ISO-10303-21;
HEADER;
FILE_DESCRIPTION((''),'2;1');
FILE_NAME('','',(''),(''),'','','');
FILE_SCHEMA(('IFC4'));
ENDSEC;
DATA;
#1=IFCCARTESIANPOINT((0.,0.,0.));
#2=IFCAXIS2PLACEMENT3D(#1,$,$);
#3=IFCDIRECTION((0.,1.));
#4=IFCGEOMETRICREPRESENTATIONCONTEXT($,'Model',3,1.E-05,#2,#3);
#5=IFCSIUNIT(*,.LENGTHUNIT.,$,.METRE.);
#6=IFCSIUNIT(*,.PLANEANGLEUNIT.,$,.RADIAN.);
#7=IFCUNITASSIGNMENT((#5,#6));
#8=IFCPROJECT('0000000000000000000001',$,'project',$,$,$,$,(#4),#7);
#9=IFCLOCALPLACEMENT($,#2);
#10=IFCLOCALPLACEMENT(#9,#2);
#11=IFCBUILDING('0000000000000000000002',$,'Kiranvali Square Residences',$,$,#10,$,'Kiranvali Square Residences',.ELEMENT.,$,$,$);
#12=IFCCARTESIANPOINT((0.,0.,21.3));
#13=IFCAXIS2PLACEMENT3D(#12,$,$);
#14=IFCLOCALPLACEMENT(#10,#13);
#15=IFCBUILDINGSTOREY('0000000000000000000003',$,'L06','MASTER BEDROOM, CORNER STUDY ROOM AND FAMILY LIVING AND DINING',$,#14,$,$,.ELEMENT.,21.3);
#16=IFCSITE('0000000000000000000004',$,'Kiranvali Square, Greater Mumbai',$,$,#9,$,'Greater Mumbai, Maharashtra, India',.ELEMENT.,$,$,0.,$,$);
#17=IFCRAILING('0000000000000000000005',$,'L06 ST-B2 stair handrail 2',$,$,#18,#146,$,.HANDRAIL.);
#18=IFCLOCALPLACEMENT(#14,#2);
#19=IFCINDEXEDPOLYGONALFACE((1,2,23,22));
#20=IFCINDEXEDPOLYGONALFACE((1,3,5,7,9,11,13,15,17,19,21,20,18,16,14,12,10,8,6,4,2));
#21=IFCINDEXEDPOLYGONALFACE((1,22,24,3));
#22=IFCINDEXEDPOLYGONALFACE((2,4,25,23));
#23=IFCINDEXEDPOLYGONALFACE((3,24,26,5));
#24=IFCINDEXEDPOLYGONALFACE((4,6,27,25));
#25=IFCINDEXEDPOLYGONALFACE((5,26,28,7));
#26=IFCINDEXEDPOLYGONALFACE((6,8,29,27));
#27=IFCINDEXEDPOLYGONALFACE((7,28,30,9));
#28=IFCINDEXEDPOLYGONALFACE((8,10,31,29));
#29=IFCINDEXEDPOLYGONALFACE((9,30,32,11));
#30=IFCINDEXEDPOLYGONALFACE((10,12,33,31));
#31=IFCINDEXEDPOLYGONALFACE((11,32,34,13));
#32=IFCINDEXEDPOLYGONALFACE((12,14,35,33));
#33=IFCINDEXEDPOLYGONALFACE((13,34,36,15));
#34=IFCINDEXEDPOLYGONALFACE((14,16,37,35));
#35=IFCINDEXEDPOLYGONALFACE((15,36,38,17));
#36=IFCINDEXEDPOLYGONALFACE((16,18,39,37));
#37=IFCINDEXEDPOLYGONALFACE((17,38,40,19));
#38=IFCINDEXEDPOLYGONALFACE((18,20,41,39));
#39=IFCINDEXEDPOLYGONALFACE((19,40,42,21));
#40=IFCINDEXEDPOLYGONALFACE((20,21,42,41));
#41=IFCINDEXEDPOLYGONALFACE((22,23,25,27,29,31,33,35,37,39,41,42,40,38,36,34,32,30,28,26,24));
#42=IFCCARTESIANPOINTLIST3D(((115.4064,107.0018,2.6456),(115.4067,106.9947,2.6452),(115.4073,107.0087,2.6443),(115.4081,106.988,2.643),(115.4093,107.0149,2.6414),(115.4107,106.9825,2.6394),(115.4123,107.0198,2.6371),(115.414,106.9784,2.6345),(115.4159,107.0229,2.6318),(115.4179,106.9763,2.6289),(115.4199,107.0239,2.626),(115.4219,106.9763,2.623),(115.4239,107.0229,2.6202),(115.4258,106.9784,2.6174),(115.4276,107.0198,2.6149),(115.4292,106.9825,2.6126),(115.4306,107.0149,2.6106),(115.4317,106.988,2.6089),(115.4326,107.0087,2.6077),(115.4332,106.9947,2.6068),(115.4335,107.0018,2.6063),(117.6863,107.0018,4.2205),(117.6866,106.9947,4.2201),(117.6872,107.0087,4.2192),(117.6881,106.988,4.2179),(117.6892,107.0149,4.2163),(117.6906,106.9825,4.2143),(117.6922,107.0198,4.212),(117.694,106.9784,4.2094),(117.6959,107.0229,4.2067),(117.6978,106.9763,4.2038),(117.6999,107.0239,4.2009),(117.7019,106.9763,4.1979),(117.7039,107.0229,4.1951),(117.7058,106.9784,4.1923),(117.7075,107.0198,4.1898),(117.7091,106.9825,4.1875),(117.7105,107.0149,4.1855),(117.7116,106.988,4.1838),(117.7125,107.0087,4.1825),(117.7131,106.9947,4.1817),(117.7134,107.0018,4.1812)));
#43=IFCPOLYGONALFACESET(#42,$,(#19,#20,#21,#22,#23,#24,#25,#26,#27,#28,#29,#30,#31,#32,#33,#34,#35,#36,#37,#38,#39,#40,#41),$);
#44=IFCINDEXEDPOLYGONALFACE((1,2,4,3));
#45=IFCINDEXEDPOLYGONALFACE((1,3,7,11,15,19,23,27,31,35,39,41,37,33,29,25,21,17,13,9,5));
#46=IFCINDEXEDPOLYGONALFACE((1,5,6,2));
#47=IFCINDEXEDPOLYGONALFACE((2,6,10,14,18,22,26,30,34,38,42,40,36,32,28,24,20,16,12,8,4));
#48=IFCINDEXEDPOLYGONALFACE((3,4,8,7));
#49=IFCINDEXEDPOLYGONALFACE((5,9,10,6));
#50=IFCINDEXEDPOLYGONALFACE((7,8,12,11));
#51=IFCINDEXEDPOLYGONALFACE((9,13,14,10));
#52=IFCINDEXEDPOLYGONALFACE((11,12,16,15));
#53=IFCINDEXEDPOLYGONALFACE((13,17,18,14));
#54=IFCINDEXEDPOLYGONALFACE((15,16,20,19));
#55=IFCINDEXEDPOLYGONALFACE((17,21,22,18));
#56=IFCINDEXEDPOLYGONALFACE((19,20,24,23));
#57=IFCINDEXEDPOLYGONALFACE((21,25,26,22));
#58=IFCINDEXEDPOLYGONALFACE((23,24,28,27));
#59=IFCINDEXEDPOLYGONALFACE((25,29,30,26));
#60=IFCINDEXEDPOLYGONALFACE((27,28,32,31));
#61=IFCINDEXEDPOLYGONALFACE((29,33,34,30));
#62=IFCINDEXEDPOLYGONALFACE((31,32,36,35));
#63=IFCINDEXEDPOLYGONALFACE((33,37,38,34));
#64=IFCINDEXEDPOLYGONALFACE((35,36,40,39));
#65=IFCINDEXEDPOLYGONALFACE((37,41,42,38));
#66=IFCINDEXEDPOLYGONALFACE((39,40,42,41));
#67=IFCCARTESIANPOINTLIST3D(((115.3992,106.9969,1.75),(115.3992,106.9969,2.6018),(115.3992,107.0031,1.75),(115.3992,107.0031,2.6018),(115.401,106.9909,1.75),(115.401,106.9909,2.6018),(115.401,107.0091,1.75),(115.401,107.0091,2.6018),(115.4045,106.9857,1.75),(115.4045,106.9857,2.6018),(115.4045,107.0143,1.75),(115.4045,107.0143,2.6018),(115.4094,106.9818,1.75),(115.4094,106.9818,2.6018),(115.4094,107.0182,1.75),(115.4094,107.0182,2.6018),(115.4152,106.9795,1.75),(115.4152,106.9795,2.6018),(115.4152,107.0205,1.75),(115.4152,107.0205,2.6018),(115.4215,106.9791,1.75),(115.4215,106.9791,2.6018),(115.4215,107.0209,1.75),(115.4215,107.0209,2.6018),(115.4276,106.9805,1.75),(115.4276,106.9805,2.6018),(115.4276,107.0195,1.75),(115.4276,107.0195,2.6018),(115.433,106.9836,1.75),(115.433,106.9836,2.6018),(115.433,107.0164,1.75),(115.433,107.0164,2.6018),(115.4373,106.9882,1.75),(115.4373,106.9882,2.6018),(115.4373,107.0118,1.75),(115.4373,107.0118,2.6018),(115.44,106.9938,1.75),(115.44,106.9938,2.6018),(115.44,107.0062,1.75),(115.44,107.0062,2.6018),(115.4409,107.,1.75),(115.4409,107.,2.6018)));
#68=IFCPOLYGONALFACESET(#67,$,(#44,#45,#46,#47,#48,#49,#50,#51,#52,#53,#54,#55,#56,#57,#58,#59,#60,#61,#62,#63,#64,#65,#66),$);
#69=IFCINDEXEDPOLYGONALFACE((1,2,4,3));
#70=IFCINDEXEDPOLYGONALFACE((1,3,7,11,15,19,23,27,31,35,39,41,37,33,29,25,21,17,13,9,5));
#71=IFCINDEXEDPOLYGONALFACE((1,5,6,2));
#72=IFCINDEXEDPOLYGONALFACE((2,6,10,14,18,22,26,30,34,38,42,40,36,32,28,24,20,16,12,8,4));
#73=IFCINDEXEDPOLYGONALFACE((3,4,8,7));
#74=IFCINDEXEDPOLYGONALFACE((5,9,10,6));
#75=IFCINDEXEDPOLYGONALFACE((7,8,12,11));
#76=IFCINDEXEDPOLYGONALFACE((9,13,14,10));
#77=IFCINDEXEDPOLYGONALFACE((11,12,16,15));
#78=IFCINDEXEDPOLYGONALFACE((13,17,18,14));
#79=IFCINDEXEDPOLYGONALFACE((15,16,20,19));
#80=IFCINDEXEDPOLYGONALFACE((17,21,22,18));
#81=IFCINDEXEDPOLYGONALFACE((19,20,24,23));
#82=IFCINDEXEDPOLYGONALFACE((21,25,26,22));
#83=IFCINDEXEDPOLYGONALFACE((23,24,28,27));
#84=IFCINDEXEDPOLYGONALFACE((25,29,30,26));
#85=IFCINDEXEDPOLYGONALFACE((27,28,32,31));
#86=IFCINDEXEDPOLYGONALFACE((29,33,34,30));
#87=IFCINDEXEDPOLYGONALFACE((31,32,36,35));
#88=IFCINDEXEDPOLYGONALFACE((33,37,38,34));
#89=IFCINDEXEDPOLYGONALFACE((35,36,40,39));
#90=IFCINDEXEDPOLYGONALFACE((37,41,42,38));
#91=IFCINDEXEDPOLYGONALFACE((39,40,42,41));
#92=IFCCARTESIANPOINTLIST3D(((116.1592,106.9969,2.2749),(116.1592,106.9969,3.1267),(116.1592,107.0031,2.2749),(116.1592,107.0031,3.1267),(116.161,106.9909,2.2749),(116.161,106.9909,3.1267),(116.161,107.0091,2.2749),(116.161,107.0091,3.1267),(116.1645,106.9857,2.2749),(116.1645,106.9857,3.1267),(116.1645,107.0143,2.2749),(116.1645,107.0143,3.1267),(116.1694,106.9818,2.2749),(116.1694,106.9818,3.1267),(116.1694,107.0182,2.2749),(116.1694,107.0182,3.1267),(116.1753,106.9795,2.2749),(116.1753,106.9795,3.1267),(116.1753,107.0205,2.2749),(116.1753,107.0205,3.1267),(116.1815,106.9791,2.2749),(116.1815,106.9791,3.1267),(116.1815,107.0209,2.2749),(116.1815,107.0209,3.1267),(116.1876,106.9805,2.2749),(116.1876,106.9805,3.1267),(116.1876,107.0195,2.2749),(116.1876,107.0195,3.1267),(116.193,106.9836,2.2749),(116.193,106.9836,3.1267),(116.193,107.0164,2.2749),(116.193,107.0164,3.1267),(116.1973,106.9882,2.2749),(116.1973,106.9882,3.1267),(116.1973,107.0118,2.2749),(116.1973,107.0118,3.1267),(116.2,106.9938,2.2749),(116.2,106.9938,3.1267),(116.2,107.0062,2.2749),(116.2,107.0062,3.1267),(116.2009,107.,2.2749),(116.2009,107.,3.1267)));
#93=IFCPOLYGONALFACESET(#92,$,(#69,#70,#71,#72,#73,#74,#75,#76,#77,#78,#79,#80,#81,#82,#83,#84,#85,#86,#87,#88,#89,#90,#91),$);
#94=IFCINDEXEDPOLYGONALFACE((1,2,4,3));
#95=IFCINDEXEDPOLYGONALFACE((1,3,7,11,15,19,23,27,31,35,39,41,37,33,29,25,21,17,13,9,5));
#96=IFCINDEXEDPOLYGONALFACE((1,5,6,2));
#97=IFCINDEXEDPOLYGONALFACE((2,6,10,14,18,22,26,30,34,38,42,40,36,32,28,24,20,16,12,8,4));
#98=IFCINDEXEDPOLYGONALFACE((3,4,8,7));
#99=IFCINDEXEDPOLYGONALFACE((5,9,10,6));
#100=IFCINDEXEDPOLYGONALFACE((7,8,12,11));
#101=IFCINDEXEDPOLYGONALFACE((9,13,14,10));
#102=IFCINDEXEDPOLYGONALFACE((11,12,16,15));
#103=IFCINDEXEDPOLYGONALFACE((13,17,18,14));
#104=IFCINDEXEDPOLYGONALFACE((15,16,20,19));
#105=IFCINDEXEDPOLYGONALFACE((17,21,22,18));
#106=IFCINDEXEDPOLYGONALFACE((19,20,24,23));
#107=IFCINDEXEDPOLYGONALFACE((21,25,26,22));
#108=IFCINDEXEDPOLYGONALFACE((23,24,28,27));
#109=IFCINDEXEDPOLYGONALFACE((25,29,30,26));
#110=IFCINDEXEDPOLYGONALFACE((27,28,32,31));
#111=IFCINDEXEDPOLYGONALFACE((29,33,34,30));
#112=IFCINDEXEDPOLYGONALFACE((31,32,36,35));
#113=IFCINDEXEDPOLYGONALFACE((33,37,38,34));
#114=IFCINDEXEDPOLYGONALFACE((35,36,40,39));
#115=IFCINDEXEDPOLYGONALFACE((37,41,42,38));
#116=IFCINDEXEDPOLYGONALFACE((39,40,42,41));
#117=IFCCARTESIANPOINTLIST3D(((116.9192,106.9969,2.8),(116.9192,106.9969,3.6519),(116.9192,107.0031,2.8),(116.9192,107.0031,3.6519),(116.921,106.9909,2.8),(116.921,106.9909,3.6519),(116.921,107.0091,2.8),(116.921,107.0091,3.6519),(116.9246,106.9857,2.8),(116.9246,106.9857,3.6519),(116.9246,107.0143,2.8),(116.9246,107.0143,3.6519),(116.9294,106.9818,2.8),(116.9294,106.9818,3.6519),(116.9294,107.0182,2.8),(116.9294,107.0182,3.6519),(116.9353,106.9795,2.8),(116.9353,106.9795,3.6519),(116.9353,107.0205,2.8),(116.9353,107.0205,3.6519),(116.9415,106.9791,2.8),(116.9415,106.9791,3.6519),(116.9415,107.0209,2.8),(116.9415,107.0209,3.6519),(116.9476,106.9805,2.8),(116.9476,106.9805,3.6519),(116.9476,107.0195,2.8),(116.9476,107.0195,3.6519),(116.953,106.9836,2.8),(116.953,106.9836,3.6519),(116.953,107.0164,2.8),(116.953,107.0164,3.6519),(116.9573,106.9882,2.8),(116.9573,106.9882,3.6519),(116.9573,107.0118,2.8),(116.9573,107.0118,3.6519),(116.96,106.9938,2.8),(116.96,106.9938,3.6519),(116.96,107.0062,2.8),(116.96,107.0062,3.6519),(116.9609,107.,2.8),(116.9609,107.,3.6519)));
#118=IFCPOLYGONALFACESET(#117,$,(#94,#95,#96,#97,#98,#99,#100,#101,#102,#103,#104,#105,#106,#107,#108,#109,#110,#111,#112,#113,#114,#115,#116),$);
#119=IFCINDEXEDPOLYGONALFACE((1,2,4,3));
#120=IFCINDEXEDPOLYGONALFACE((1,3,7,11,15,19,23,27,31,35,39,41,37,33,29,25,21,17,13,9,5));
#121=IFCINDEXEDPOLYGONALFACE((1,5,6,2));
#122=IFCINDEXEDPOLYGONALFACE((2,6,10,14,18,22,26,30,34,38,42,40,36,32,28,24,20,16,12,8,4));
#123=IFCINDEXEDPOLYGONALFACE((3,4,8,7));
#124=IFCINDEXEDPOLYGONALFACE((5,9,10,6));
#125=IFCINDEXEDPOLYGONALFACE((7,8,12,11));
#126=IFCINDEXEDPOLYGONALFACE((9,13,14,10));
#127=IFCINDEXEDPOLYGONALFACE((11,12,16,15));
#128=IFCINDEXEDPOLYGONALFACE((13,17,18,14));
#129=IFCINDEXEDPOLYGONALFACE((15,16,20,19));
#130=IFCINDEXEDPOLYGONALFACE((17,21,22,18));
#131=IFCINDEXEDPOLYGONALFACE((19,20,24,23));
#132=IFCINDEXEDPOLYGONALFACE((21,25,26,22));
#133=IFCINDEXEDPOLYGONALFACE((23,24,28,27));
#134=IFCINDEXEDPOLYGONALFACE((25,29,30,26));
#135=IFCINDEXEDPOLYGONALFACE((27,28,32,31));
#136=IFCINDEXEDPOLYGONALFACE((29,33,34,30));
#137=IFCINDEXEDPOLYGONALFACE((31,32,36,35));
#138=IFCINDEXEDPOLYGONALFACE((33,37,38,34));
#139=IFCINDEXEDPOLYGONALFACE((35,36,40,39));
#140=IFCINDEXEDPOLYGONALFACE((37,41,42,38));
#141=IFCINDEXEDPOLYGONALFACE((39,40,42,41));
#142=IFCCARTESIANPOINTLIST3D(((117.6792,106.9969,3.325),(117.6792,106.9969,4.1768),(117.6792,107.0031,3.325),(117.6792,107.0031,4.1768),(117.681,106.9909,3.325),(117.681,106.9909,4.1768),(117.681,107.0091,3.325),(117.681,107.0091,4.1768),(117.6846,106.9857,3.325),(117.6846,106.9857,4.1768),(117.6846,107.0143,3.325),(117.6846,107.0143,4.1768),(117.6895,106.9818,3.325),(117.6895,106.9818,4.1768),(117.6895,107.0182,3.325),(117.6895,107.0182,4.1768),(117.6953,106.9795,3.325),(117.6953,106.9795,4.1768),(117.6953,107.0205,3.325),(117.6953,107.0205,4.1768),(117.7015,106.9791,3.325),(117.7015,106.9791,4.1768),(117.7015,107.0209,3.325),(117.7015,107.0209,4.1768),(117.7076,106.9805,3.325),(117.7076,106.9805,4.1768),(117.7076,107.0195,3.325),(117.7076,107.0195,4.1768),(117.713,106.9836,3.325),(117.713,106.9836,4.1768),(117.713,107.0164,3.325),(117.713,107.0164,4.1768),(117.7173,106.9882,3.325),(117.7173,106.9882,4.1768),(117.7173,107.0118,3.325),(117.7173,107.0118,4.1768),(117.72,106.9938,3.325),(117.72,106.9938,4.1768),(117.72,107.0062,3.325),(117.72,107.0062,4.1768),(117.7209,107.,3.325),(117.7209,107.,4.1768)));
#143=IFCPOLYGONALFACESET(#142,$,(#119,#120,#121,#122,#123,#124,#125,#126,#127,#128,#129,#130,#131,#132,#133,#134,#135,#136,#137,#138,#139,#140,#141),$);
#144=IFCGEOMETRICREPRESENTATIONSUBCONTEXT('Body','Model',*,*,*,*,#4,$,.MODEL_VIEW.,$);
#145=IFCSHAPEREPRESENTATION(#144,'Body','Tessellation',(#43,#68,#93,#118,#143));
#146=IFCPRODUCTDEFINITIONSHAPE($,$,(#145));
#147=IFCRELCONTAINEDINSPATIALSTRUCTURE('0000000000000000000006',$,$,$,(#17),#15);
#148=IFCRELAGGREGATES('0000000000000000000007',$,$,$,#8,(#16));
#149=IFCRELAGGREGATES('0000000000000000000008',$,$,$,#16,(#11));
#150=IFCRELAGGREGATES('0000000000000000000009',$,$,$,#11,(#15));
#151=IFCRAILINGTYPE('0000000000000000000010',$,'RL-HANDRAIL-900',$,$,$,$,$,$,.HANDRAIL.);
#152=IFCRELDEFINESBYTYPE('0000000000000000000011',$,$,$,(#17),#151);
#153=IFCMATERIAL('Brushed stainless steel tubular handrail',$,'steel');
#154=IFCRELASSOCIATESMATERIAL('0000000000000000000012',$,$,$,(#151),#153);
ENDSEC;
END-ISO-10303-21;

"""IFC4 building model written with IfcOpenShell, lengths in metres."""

from ifc_helpers import new_model, si_unit, direction, frame, origin, origin_2d, place, context, subcontext, project, spatial, circle, extrude, material, type_object, element, save


model = new_model("IFC4")

# Units and contexts
model_context = context("Model", 3, precision=1e-05, world=origin(), true_north=direction((0.0, 1.0)))
body_context = subcontext(model_context, "Body", "Model", "MODEL_VIEW")
ifc_project = project(units=[si_unit("LENGTHUNIT", "METRE"), si_unit("PLANEANGLEUNIT", "RADIAN")], contexts=[model_context])

# Site, building, storey
site_placement = place(None, origin())
site = spatial("IfcSite", under=ifc_project, at=site_placement, Name="Kiranvali Square, Greater Mumbai", LongName="Greater Mumbai, Maharashtra, India", CompositionType="ELEMENT", RefElevation=0.0)
building_placement = place(site_placement, origin())
building = spatial("IfcBuilding", under=site, at=building_placement, Name="Kiranvali Square Residences", LongName="Kiranvali Square Residences", CompositionType="ELEMENT")
storey_placement = place(building_placement, frame((0.0, 0.0, 21.3)))
storey = spatial("IfcBuildingStorey", under=building, at=storey_placement, Name="L06", Description="MASTER BEDROOM, CORNER STUDY ROOM AND FAMILY LIVING AND DINING", CompositionType="ELEMENT", Elevation=21.3)

# Railing
ifc_material_1 = material(Name="Brushed stainless steel tubular handrail", Category="steel")
railing_type_1 = type_object("IfcRailingType", Name="RL-HANDRAIL-900", PredefinedType="HANDRAIL", material=ifc_material_1)
railing_1_placement = place(storey_placement, frame((115.4199, 107.0, 1.75)))
element("IfcRailing", 1, at=railing_1_placement, inside=storey, type_object=railing_type_1, Name="L06 ST-B2 stair handrail 2", PredefinedType="HANDRAIL", context=body_context, shape_type="SweptSolid", body=[
    extrude(circle(Radius=0.0239, at=origin_2d()), frame((0.0, 0.0, 0.876), z_axis=(0.822788, 0.0, 0.568348), x_axis=(0.0, 1.0, 0.0)), (0.0, 0.0, 1.0), 2.771),
    extrude(circle(Radius=0.021, at=origin_2d()), origin(), (0.0, 0.0, 1.0), 0.8518),
    extrude(circle(Radius=0.021, at=origin_2d()), frame((0.76, 0.0, 0.5249)), (0.0, 0.0, 1.0), 0.8518),
    extrude(circle(Radius=0.021, at=origin_2d()), frame((1.52, 0.0, 1.05)), (0.0, 0.0, 1.0), 0.8518),
    extrude(circle(Radius=0.021, at=origin_2d()), frame((2.28, 0.0, 1.575)), (0.0, 0.0, 1.0), 0.8518),
])

save(model, "model.ifc")
